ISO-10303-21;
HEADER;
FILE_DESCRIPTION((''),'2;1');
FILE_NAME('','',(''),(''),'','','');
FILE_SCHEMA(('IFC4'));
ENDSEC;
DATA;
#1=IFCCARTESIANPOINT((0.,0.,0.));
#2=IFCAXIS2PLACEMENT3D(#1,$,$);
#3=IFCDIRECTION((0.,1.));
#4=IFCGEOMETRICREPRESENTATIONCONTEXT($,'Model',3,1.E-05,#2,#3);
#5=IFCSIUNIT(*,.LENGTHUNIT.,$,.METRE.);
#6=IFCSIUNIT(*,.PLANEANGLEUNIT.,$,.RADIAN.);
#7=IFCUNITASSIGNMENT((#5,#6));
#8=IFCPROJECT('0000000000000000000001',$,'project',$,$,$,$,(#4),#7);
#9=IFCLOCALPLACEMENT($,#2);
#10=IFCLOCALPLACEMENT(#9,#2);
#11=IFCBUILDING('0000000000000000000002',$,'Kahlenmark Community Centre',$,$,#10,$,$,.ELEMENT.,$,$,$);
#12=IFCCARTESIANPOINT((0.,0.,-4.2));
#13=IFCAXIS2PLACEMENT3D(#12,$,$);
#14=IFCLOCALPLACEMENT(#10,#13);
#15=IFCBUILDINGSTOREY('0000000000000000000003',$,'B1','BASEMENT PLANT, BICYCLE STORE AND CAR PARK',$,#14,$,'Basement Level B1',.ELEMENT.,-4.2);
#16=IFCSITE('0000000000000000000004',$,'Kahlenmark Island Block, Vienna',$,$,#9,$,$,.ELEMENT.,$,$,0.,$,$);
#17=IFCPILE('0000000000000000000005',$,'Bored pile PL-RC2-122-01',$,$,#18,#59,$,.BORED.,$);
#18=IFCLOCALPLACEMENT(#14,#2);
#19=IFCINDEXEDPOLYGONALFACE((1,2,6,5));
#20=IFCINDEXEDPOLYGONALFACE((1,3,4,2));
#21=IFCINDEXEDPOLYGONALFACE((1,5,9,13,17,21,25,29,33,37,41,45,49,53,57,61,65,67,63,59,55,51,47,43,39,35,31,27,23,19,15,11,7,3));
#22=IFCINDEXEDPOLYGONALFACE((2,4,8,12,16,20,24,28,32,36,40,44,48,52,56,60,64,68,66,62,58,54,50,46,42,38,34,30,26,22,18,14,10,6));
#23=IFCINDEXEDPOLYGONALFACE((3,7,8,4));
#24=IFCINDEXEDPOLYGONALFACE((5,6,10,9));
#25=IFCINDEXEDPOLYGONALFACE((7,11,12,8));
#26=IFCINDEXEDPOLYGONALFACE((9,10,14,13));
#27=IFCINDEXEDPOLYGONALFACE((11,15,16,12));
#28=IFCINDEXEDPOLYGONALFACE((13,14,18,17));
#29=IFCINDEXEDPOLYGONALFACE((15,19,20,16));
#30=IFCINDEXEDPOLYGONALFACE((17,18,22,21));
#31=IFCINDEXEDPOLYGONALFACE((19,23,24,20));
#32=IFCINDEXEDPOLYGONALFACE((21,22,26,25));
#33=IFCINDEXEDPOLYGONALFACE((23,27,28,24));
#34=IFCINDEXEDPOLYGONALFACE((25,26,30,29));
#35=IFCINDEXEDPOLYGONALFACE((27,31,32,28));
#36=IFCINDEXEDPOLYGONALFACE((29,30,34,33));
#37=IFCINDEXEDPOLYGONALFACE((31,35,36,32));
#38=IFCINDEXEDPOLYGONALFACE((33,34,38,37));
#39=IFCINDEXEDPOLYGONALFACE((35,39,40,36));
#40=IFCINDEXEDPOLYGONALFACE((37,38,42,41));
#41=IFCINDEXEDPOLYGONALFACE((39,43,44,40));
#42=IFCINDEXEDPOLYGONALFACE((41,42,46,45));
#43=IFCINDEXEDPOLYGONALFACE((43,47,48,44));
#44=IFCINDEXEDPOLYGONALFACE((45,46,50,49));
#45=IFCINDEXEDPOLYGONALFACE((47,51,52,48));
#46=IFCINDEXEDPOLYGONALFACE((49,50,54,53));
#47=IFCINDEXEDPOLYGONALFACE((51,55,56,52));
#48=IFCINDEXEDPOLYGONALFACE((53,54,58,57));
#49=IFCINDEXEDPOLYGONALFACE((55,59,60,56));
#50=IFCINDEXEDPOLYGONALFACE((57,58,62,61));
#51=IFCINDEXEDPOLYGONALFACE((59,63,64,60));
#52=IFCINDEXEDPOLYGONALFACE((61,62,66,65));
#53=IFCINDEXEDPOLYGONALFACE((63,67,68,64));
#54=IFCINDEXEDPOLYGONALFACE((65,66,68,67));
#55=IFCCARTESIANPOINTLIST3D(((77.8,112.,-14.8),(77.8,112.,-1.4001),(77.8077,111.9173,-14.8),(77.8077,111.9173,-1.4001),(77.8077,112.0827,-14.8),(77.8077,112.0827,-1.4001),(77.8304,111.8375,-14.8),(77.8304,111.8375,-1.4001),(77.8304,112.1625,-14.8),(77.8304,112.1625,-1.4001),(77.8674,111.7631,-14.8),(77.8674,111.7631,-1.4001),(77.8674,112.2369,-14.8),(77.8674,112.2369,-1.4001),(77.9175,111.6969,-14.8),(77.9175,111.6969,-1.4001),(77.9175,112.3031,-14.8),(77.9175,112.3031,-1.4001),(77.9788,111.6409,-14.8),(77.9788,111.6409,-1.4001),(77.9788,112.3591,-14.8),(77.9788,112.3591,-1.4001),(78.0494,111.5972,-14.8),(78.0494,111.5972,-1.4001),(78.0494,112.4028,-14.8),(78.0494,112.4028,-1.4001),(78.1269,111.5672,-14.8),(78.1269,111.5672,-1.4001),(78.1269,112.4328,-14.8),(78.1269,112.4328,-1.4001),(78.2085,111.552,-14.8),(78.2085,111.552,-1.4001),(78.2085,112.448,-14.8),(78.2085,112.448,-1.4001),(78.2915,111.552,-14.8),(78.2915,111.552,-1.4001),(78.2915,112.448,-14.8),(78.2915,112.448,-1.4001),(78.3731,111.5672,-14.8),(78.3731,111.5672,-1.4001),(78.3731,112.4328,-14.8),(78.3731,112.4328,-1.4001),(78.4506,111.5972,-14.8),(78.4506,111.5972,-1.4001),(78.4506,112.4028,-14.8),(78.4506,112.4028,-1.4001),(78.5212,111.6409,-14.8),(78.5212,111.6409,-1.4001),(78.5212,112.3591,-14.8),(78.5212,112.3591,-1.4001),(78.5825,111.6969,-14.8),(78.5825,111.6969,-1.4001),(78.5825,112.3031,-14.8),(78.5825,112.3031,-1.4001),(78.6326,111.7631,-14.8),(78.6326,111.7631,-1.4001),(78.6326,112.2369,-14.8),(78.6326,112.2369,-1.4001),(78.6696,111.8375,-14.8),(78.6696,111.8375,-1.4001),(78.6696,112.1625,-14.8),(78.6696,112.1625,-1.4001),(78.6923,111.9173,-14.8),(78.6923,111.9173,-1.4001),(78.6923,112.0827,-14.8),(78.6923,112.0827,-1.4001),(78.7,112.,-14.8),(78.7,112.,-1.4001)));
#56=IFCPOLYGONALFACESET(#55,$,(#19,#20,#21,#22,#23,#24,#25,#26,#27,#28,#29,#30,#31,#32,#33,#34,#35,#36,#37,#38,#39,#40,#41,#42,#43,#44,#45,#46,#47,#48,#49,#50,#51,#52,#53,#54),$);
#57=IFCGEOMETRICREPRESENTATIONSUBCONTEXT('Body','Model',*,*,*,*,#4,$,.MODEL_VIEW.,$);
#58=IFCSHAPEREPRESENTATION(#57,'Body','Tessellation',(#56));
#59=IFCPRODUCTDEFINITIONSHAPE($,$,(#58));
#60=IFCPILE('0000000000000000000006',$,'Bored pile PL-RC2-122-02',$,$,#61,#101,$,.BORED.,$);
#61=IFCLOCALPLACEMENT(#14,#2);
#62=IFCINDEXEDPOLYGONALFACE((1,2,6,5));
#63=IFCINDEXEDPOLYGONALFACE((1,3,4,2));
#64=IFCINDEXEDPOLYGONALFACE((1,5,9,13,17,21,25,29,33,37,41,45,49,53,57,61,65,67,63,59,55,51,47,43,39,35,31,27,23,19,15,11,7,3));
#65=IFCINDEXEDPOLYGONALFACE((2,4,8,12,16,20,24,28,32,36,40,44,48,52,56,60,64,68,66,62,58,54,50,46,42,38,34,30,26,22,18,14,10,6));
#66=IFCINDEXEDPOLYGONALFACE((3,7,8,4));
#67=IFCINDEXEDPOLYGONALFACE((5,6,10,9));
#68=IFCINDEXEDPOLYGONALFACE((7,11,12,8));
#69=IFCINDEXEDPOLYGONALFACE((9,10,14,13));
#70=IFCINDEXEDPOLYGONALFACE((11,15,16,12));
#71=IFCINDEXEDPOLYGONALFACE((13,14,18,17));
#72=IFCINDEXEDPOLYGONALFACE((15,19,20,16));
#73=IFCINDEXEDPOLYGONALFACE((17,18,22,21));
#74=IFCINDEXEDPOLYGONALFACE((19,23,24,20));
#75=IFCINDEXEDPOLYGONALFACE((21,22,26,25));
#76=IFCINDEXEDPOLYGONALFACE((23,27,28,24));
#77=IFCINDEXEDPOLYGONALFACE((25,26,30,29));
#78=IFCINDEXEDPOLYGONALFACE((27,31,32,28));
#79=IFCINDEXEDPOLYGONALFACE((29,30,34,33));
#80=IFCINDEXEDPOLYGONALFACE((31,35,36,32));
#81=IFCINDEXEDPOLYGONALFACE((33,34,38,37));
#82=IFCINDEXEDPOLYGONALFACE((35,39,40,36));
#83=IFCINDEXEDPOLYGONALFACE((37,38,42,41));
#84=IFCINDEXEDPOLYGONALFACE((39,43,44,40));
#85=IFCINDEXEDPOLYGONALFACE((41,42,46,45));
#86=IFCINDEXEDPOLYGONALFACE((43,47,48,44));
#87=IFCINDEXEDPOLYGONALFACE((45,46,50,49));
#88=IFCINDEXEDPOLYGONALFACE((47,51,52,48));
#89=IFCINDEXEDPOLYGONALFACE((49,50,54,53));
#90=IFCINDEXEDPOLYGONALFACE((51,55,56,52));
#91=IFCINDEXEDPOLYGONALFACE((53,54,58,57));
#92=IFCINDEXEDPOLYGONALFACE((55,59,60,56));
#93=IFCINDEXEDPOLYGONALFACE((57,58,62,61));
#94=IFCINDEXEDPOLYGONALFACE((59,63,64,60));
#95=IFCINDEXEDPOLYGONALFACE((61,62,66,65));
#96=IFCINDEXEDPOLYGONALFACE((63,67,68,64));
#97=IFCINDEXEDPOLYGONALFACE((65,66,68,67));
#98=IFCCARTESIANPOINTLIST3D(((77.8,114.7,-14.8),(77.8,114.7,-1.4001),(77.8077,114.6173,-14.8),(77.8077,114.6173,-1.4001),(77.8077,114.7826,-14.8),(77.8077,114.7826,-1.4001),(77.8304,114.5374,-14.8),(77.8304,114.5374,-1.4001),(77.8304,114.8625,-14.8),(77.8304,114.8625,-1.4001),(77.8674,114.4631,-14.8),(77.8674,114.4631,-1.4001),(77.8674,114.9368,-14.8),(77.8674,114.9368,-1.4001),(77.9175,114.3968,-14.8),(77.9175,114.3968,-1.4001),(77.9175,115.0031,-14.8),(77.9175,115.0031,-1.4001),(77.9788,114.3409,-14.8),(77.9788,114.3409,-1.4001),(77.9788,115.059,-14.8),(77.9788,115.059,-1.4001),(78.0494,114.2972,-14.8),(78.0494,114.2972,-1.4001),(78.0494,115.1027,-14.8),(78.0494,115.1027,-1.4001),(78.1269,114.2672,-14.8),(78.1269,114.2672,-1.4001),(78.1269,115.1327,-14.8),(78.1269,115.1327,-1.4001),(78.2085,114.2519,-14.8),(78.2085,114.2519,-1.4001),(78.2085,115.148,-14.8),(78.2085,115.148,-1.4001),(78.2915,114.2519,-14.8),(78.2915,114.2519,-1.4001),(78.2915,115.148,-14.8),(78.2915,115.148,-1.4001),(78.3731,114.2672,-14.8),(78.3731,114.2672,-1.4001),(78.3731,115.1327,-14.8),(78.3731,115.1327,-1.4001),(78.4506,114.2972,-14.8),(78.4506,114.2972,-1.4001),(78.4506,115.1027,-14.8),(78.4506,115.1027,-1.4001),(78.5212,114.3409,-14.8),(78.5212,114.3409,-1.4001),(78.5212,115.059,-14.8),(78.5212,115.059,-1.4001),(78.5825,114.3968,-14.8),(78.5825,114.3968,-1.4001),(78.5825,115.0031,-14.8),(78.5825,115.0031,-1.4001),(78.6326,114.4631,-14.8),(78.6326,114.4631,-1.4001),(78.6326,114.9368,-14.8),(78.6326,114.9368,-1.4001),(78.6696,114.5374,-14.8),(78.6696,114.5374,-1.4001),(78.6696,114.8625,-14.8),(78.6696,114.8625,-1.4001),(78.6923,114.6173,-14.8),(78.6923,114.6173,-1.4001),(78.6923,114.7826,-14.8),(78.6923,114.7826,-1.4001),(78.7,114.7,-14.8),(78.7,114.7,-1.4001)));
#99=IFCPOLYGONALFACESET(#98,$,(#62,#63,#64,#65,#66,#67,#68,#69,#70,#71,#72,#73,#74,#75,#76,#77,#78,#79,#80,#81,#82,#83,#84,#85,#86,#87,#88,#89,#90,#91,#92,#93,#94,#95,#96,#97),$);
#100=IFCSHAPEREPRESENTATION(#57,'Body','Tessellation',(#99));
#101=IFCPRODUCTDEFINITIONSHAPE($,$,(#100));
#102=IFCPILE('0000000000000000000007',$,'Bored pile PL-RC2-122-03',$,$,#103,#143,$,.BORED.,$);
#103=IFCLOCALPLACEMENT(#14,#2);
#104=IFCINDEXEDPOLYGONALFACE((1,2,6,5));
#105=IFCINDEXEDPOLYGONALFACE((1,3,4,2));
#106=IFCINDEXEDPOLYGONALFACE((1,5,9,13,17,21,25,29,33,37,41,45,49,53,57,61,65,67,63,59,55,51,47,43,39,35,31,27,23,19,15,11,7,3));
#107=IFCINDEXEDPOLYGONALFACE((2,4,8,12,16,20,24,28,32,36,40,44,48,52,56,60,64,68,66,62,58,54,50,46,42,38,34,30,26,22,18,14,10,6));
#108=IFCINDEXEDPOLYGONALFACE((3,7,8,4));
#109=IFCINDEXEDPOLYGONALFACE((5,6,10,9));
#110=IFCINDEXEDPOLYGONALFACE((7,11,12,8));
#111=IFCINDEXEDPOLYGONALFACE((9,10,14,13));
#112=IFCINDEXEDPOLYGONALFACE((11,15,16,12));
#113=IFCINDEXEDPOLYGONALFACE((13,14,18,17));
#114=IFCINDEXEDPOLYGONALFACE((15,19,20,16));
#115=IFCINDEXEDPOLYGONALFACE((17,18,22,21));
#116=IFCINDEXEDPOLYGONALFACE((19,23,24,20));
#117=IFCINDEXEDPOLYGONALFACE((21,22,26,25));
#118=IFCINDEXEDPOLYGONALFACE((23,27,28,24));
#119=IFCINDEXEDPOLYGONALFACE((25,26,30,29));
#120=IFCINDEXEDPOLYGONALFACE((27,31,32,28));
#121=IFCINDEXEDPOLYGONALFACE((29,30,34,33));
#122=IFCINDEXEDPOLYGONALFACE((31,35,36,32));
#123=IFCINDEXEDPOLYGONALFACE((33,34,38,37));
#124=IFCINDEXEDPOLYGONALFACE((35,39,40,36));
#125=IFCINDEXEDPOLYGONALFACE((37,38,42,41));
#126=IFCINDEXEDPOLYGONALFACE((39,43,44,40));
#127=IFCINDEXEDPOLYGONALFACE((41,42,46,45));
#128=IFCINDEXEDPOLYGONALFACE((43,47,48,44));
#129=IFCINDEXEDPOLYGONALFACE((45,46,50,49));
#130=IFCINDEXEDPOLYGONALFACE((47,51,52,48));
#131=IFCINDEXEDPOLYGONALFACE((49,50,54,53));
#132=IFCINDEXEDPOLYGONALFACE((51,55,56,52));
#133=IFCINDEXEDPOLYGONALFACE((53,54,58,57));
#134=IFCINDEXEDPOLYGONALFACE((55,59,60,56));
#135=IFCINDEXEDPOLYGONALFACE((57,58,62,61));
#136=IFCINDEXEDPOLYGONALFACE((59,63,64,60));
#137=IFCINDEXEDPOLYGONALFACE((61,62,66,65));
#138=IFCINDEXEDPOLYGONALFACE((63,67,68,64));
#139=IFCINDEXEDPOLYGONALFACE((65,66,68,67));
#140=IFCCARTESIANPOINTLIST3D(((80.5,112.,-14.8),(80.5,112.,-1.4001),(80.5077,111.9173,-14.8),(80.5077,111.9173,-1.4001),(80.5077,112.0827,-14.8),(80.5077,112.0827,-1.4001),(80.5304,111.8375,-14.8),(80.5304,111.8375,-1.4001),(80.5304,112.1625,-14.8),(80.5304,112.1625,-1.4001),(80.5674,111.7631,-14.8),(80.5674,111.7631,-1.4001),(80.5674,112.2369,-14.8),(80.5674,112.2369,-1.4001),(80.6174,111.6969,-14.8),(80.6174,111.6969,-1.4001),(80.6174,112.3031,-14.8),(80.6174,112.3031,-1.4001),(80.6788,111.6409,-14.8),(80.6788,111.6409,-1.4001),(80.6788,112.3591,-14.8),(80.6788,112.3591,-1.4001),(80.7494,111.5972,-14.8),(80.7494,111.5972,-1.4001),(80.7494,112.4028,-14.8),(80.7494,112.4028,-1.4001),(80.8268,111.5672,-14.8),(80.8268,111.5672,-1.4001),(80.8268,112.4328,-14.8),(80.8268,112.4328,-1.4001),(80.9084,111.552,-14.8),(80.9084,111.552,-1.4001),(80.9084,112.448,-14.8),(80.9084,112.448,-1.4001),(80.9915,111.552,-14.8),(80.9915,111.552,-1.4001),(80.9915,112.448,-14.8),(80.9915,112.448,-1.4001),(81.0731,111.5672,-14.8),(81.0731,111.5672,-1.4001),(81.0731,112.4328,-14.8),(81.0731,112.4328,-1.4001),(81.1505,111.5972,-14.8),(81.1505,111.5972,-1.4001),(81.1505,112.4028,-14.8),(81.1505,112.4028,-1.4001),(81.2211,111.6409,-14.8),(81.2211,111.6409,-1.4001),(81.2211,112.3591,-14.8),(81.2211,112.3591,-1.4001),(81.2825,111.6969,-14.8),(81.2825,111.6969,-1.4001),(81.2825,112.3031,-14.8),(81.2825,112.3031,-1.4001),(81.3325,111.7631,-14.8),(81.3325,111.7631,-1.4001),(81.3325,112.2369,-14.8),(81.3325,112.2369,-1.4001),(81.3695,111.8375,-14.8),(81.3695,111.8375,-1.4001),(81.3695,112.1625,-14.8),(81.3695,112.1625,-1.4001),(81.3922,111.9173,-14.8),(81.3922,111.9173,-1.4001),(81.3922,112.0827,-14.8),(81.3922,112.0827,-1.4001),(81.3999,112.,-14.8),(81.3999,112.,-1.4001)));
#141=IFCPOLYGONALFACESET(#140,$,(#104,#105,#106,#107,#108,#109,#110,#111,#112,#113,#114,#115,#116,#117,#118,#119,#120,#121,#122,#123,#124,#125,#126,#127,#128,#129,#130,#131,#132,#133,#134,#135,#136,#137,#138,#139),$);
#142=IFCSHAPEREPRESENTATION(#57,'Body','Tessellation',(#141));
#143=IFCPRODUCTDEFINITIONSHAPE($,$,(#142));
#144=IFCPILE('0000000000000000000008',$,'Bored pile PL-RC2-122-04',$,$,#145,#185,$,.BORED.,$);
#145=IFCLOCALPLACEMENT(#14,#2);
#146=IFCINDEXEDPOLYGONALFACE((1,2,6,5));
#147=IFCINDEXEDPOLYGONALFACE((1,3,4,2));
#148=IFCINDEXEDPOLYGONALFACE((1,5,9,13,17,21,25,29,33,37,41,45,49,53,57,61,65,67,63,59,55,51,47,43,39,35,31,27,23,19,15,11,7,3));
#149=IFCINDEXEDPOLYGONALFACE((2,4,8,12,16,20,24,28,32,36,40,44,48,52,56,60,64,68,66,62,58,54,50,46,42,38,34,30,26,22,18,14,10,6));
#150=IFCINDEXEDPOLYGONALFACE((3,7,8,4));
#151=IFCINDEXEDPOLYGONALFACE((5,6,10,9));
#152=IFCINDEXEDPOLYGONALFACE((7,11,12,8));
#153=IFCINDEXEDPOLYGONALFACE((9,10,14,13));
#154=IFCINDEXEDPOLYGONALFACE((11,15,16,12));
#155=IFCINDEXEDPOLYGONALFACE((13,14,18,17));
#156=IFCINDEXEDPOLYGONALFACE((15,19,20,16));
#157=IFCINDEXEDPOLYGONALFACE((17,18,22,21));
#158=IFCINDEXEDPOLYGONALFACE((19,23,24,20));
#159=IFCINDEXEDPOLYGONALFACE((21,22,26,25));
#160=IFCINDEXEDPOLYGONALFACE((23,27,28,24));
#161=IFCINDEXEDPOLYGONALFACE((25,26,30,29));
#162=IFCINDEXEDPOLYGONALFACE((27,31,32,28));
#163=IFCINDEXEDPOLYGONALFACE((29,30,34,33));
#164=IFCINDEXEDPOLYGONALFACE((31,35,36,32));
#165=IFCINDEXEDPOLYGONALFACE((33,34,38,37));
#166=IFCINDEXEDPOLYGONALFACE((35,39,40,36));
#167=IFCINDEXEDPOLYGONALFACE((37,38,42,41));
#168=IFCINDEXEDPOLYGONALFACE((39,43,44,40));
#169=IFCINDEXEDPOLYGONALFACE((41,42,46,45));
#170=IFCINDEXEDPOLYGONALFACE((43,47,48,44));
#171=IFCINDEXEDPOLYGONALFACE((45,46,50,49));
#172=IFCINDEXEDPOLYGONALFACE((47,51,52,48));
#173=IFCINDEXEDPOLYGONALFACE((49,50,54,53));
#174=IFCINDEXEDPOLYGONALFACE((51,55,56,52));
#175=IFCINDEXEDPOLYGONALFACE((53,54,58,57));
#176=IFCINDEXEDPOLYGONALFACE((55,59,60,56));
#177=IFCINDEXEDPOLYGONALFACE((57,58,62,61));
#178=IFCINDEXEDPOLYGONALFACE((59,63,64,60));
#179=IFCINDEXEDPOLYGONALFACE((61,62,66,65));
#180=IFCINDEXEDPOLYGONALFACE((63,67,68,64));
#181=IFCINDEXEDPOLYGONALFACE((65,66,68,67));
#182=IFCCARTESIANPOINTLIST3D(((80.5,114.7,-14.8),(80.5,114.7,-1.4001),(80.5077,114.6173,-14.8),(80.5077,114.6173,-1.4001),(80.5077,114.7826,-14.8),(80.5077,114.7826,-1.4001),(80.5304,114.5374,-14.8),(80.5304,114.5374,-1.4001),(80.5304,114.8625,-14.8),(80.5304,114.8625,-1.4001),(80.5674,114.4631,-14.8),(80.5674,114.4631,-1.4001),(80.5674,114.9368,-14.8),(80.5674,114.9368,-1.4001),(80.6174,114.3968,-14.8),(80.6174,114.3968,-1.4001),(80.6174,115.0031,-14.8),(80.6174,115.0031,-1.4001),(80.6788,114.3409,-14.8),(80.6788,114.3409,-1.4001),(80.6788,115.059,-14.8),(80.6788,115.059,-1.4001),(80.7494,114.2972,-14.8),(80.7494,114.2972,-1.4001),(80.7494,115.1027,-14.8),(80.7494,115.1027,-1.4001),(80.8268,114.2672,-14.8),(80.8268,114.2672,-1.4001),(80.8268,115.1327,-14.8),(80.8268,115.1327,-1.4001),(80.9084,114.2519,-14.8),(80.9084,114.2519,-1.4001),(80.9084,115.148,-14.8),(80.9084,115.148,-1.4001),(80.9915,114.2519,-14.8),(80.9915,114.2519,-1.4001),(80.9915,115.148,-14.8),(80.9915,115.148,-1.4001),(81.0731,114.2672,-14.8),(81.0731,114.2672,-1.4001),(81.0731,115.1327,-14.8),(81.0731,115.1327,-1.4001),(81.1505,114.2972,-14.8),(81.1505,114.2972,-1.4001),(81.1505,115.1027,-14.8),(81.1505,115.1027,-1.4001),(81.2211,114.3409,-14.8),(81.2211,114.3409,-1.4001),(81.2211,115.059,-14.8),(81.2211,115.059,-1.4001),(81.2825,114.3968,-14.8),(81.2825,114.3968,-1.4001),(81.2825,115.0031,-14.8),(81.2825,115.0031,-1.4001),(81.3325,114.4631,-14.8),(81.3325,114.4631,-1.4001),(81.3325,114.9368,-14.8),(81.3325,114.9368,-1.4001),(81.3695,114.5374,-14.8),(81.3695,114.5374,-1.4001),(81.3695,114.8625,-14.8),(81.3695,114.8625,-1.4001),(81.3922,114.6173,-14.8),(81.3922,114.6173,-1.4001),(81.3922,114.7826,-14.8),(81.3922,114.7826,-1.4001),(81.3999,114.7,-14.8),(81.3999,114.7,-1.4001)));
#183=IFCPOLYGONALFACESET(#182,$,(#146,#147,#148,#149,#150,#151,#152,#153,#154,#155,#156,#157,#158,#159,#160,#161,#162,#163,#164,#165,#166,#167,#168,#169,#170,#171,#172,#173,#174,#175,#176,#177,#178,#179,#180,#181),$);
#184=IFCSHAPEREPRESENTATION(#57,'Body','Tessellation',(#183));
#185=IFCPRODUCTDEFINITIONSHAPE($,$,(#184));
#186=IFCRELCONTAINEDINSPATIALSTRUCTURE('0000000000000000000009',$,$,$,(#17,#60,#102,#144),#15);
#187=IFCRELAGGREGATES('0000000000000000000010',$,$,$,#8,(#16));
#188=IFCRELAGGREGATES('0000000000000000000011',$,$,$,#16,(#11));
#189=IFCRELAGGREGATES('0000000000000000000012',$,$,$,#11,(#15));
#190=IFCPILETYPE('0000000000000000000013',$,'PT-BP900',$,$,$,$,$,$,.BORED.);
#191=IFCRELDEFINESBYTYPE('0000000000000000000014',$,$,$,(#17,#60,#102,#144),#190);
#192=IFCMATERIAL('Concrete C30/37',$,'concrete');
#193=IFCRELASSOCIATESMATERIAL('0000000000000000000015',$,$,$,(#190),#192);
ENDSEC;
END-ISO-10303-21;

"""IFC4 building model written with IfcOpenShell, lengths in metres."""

from ifc_helpers import new_model, si_unit, direction, frame, origin, origin_2d, place, context, subcontext, project, spatial, circle, extrude, material, material_profile, profile_set, type_object, element, save


model = new_model("IFC4")

# Units and contexts
model_context = context("Model", 3, precision=1e-05, world=origin(), true_north=direction((0.0, 1.0)))
body_context = subcontext(model_context, "Body", "Model", "MODEL_VIEW")
ifc_project = project(units=[si_unit("LENGTHUNIT", "METRE"), si_unit("PLANEANGLEUNIT", "RADIAN")], contexts=[model_context])

# Site, building, storey
site_placement = place(None, origin())
site = spatial("IfcSite", under=ifc_project, at=site_placement, Name="Kahlenmark Island Block, Vienna", CompositionType="ELEMENT", RefElevation=0.0)
building_placement = place(site_placement, origin())
building = spatial("IfcBuilding", under=site, at=building_placement, Name="Kahlenmark Community Centre", CompositionType="ELEMENT")
storey_placement = place(building_placement, frame((0.0, 0.0, -4.2)))
storey = spatial("IfcBuildingStorey", under=building, at=storey_placement, Name="B1", Description="BASEMENT PLANT, BICYCLE STORE AND CAR PARK", LongName="Basement Level B1", CompositionType="ELEMENT", Elevation=-4.2)

# Shared definitions
ifc_material_1 = material(Name="Concrete C30/37", Category="concrete")

# Piles
ifc_material_profile_1 = material_profile(ifc_material_1, circle(Radius=0.45, at=origin_2d()), Name="BORED PILE 900")
ifc_profile_set_1 = profile_set([ifc_material_profile_1], Name="Concrete C30/37")
pile_type_1 = type_object("IfcPileType", Name="PT-BP900", PredefinedType="BORED", material=ifc_profile_set_1)
for number, where, z_axis, x_axis, name in (
    (1, (78.25, 112.0, -1.4001), (0.0, 0.0, -1.0), (1.0, 0.0, 0.0), "Bored pile PL-RC2-122-01"),
    (2, (78.25, 114.7, -1.4001), (0.0, 0.0, -1.0), (1.0, 0.0, 0.0), "Bored pile PL-RC2-122-02"),
    (3, (80.95, 112.0, -1.4001), (0.0, 0.0, -1.0), (1.0, 0.0, 0.0), "Bored pile PL-RC2-122-03"),
    (4, (80.95, 114.7, -1.4001), (0.0, 0.0, -1.0), (1.0, 0.0, 0.0), "Bored pile PL-RC2-122-04"),
):
    element("IfcPile", number, at=place(storey_placement, frame(where, z_axis=z_axis, x_axis=x_axis)), inside=storey, type_object=pile_type_1, Name=name, PredefinedType="BORED", context=body_context, shape_type="SweptSolid", body=[
        extrude(circle(Radius=0.45, at=origin_2d()), origin(), (0.0, 0.0, 1.0), 13.3999),
    ])

save(model, "model.ifc")
